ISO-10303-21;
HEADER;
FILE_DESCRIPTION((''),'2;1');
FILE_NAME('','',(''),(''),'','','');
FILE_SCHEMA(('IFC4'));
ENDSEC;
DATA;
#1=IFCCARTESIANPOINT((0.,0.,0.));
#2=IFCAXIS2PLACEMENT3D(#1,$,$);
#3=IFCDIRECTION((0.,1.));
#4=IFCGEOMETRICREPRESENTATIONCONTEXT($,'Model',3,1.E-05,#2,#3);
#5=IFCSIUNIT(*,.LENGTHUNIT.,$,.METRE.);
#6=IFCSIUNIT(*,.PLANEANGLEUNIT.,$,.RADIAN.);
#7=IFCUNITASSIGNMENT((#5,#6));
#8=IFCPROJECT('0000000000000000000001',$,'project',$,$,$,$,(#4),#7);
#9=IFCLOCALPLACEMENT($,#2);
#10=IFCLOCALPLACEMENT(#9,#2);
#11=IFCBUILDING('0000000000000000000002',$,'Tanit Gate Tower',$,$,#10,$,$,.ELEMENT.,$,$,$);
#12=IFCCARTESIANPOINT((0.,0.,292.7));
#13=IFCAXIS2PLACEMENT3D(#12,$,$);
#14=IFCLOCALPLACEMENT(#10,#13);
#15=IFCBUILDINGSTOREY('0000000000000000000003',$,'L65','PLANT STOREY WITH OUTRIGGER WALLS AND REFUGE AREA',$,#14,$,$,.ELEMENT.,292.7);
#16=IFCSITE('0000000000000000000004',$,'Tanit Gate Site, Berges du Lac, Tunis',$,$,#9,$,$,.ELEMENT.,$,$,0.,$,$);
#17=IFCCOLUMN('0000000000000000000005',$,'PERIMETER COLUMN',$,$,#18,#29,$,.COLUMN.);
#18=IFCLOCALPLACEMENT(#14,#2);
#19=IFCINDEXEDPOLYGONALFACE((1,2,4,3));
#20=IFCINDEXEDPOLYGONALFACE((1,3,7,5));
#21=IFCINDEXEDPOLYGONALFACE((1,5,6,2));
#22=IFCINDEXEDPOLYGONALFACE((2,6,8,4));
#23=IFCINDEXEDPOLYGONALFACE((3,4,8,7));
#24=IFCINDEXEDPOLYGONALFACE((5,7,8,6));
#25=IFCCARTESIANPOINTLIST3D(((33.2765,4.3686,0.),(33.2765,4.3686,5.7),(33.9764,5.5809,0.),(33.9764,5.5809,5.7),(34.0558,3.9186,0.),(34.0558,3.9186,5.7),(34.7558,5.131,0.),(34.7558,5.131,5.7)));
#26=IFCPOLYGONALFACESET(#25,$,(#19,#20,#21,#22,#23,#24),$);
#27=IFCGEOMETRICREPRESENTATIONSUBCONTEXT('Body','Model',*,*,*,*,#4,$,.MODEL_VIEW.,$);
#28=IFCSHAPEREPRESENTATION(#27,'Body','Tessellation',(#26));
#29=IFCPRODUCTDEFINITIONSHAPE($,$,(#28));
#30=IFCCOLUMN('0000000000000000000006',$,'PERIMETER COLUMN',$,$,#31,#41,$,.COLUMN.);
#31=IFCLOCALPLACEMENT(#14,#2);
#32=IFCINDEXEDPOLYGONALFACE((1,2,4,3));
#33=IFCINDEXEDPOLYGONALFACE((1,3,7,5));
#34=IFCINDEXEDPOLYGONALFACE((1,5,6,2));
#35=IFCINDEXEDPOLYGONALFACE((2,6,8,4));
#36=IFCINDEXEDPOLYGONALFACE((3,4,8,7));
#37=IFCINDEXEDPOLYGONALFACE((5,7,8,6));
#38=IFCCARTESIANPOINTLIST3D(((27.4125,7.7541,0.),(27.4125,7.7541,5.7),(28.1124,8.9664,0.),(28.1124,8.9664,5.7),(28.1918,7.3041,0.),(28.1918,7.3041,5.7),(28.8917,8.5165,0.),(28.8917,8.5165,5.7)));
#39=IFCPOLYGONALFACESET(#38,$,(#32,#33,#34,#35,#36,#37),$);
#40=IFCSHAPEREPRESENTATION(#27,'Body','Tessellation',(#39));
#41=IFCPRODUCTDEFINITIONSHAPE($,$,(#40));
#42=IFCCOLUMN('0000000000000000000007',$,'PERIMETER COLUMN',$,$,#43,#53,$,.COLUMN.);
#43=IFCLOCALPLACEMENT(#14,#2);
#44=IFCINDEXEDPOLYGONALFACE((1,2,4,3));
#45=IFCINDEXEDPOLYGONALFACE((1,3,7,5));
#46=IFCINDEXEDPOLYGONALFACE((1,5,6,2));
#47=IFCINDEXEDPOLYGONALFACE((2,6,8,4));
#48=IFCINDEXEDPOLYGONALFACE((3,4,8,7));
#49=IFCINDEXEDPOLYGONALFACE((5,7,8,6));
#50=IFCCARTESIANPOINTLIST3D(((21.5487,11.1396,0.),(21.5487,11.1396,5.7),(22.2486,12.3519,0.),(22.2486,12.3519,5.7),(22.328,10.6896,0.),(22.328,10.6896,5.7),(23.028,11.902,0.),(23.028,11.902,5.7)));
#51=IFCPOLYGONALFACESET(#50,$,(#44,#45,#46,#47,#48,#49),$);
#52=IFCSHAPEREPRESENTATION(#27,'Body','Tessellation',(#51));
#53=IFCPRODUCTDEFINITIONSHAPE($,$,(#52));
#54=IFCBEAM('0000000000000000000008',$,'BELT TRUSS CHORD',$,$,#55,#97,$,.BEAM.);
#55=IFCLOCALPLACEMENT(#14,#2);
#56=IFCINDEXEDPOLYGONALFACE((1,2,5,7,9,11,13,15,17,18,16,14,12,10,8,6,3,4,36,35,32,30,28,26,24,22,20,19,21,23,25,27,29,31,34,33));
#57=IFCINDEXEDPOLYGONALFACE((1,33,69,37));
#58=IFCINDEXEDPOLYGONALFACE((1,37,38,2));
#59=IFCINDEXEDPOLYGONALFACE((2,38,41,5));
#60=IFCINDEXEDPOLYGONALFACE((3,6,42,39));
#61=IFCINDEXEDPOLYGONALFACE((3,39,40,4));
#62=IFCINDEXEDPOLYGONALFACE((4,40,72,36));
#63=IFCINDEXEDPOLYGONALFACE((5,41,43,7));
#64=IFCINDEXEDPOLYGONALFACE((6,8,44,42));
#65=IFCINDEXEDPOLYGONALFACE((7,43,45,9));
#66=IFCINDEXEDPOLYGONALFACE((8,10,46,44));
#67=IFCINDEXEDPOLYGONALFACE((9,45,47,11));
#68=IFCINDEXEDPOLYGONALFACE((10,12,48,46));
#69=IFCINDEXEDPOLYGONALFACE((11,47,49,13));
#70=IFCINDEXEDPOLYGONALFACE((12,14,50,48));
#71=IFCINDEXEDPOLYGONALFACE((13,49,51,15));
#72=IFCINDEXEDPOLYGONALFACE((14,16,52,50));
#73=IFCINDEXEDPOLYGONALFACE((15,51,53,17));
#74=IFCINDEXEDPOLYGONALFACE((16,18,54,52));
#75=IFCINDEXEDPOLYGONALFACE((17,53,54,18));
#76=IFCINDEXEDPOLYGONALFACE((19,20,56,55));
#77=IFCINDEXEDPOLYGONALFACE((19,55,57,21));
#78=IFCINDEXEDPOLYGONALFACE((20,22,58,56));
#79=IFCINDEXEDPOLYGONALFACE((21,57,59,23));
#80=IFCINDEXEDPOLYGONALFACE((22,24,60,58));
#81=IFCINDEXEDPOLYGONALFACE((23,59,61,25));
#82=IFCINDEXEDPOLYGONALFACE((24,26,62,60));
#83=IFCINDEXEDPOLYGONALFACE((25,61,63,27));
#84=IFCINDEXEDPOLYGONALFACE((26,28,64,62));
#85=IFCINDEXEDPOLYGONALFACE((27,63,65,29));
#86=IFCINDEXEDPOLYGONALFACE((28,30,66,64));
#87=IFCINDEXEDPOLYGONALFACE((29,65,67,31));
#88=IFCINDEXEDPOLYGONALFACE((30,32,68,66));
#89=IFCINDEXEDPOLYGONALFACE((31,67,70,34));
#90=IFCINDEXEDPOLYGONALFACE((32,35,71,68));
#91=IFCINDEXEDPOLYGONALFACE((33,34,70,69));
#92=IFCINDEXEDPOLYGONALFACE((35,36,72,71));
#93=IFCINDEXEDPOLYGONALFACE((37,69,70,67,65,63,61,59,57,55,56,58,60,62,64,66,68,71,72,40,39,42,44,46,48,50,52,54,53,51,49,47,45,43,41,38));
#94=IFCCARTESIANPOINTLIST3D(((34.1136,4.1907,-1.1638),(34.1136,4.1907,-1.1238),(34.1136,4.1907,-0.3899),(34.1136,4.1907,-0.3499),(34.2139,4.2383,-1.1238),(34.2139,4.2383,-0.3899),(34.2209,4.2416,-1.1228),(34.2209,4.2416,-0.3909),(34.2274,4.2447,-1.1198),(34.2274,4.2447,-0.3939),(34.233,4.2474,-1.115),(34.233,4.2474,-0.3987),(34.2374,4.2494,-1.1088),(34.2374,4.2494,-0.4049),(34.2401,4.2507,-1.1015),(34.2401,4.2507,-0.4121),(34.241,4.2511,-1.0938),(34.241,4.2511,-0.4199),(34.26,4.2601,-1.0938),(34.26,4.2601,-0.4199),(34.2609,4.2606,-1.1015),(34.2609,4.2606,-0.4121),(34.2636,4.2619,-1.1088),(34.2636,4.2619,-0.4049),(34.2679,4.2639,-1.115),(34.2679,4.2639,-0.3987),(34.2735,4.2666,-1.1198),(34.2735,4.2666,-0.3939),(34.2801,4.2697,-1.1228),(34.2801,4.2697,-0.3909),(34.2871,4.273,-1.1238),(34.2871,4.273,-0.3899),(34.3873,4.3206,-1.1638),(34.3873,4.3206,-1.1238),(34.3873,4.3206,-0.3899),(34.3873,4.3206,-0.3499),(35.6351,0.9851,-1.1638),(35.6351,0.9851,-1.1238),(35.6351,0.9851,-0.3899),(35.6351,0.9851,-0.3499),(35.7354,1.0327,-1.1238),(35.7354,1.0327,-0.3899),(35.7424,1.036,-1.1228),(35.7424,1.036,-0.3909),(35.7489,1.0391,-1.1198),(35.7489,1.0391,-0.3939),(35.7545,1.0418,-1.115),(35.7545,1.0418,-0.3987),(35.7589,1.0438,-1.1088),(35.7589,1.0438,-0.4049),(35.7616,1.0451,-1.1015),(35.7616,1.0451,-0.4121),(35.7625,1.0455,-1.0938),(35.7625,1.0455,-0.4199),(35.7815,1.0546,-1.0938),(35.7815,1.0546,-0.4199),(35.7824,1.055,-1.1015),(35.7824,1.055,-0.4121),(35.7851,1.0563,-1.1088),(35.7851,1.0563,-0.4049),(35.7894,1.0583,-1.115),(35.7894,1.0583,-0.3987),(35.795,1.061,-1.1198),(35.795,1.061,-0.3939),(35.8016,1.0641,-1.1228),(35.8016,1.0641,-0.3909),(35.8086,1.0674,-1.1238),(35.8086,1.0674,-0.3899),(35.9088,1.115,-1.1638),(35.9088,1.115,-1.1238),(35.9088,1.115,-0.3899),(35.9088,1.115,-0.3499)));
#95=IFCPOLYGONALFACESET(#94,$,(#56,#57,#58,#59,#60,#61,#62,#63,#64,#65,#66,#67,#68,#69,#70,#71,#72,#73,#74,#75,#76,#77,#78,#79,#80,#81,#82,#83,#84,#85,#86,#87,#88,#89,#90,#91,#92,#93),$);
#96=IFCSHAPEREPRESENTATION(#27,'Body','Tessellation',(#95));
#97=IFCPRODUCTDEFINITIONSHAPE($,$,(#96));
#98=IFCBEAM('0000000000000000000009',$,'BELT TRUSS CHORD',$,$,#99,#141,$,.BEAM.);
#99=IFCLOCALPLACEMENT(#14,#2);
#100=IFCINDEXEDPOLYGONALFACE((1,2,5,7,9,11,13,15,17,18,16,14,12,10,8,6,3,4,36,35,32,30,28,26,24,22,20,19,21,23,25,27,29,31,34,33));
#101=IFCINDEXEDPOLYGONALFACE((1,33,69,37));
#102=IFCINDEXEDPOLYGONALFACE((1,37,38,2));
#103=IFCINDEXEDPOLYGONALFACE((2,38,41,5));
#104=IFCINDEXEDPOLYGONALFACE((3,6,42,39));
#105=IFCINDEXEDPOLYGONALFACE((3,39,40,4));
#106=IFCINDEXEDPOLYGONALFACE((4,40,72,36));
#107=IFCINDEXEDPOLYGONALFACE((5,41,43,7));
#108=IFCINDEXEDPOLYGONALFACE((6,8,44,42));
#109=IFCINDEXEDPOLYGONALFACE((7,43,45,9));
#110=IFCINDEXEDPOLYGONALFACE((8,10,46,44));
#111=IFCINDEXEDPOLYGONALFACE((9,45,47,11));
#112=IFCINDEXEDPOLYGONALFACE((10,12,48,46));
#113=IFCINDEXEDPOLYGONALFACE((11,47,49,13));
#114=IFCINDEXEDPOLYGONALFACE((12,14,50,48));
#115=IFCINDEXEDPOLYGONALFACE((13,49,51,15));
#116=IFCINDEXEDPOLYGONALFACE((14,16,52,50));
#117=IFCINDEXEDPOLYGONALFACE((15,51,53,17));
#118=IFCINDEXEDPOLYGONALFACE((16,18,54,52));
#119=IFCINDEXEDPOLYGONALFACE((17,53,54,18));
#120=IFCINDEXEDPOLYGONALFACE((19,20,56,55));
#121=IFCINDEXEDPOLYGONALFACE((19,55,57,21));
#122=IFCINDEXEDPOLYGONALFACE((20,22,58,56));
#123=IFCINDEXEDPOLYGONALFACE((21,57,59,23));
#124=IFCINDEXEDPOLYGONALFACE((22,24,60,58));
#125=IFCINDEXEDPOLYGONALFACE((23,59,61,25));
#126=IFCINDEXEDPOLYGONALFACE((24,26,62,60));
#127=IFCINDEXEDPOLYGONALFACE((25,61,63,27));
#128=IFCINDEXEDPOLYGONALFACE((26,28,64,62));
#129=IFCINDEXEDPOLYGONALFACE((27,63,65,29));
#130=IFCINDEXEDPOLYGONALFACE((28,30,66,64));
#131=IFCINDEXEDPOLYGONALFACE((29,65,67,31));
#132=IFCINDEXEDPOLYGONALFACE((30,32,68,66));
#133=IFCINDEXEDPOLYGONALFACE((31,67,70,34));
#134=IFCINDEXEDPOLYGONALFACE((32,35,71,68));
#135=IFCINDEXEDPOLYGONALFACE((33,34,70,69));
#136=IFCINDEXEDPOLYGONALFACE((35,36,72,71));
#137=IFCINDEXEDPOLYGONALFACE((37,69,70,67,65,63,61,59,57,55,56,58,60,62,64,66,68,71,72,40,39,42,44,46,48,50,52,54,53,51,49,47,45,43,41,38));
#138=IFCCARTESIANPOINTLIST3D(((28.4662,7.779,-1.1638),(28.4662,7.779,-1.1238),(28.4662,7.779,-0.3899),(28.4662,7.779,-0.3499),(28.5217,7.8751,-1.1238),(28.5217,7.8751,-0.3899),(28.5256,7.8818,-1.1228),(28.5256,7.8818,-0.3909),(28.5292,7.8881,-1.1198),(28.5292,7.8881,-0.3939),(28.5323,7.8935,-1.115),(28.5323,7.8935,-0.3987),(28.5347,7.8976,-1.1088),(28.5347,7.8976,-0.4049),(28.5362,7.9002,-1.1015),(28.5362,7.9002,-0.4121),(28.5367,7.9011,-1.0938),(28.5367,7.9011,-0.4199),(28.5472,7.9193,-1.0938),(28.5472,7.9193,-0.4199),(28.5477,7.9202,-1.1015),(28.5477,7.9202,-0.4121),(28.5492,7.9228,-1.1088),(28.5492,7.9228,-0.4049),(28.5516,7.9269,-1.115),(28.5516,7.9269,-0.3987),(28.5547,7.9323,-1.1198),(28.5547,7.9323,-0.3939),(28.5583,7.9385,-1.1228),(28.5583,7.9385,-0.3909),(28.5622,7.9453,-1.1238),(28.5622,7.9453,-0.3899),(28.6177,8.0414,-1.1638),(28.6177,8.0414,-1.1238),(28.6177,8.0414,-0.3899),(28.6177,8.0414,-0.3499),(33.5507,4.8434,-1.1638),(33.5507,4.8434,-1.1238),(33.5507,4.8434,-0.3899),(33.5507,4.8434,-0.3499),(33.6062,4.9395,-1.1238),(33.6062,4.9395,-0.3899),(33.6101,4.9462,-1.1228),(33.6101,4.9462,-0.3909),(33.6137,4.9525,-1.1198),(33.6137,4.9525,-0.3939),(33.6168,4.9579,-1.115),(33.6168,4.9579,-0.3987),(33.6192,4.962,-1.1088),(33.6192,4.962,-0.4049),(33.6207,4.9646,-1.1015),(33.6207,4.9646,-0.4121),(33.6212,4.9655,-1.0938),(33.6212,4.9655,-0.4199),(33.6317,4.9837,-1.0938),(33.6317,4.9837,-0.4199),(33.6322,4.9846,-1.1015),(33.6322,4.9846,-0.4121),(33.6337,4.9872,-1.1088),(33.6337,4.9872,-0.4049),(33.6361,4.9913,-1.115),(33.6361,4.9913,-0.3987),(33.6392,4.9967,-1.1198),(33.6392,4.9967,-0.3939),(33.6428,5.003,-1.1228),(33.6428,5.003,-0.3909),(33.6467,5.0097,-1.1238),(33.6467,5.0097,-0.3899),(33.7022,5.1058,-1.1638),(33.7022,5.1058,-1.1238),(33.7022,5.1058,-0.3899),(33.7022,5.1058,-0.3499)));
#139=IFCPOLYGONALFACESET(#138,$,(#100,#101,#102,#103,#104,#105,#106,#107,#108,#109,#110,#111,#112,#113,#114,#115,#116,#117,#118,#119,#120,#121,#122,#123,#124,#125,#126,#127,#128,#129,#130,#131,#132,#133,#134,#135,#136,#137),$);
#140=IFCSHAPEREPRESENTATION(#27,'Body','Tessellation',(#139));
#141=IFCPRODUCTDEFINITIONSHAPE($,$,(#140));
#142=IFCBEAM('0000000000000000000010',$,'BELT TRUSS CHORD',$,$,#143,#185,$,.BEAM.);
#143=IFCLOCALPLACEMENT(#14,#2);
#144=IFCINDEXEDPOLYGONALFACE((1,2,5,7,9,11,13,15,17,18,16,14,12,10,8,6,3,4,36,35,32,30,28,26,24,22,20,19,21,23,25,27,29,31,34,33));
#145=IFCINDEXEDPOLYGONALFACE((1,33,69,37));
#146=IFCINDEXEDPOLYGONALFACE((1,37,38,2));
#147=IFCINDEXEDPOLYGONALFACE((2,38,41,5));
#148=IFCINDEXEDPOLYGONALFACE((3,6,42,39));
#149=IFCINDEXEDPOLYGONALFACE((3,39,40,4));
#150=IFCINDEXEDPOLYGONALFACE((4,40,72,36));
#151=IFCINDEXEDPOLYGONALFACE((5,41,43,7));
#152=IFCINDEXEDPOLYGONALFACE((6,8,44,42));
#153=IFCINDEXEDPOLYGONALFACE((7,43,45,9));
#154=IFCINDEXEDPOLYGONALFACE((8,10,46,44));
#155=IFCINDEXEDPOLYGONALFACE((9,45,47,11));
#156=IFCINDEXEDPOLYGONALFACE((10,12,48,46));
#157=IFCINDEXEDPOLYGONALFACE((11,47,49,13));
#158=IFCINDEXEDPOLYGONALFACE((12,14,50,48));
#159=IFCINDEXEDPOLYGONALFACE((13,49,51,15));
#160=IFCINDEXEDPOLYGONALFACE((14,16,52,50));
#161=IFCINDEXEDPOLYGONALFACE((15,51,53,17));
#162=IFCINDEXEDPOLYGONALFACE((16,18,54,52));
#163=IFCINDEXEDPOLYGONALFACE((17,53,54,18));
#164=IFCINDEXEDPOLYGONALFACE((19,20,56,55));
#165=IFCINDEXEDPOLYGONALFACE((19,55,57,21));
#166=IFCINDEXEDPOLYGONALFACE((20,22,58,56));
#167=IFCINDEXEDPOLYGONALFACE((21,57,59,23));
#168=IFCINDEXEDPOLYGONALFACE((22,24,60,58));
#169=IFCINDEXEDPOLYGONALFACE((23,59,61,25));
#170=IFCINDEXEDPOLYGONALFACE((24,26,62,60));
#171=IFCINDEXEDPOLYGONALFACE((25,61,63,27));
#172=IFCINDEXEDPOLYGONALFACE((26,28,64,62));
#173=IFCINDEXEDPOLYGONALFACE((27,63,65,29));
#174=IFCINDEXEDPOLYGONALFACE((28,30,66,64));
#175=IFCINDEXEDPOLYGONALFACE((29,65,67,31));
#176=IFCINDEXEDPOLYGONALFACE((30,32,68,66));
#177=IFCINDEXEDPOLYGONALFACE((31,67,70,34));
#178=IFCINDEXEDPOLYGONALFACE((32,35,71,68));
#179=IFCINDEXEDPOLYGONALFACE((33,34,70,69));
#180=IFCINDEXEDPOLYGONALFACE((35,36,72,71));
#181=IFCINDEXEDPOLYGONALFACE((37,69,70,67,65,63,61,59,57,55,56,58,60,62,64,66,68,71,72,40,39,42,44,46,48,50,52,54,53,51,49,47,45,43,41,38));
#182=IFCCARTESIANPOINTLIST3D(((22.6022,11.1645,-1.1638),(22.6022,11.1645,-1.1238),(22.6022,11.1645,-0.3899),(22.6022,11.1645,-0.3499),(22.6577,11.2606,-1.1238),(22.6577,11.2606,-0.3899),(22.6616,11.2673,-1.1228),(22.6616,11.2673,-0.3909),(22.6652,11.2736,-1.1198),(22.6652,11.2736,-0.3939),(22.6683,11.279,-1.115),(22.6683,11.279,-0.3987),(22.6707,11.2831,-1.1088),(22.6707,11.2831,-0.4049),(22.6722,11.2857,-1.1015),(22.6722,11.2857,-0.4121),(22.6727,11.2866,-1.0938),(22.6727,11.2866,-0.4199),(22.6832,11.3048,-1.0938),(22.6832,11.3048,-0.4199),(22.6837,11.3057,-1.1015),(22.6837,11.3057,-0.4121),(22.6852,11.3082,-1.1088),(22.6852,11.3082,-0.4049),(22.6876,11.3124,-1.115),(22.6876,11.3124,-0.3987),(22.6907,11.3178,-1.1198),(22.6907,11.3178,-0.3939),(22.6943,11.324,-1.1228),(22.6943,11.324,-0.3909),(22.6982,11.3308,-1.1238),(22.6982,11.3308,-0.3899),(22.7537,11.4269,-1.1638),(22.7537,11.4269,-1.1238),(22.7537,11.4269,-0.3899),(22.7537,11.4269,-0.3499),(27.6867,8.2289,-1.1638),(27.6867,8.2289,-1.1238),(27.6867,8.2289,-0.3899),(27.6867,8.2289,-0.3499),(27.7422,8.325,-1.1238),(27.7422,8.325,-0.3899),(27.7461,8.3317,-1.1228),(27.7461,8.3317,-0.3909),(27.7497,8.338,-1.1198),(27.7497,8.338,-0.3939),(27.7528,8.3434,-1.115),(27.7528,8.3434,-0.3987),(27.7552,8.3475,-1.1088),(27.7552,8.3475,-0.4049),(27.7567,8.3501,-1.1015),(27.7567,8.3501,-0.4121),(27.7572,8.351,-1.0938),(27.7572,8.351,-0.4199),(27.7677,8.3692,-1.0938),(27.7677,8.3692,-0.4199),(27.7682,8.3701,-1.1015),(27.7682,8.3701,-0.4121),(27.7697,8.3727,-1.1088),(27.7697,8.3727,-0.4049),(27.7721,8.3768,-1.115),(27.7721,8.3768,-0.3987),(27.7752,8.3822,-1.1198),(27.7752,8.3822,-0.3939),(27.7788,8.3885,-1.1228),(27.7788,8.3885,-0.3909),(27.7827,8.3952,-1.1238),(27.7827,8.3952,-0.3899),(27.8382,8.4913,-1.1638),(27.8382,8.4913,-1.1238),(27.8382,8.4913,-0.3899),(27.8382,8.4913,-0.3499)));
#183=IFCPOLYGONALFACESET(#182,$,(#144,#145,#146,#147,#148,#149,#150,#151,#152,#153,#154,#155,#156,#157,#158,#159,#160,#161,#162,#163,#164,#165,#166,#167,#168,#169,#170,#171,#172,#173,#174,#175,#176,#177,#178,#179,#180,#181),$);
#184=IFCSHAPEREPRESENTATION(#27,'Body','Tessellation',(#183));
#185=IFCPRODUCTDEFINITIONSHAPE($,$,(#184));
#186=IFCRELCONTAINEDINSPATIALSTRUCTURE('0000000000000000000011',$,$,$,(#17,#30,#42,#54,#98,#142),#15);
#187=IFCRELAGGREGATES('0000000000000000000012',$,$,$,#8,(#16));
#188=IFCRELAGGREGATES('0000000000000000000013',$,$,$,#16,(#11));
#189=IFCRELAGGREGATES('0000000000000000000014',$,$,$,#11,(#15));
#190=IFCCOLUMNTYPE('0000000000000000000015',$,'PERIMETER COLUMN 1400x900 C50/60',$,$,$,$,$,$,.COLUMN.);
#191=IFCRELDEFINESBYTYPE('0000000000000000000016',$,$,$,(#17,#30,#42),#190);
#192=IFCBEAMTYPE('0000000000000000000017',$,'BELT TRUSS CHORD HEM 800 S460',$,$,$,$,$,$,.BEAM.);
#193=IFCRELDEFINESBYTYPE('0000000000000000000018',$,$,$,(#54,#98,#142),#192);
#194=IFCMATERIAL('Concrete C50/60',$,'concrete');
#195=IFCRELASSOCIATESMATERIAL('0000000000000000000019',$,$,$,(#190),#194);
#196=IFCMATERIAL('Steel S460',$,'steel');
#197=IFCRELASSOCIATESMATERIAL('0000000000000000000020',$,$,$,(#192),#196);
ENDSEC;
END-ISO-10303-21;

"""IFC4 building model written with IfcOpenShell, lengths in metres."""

from ifc_helpers import new_model, si_unit, direction, frame, origin, origin_2d, place, context, subcontext, project, spatial, rectangle, i_section, extrude, material, material_profile, profile_set, type_object, element, save


model = new_model("IFC4")

# Units and contexts
model_context = context("Model", 3, precision=1e-05, world=origin(), true_north=direction((0.0, 1.0)))
body_context = subcontext(model_context, "Body", "Model", "MODEL_VIEW")
ifc_project = project(units=[si_unit("LENGTHUNIT", "METRE"), si_unit("PLANEANGLEUNIT", "RADIAN")], contexts=[model_context])

# Site, building, storey
site_placement = place(None, origin())
site = spatial("IfcSite", under=ifc_project, at=site_placement, Name="Tanit Gate Site, Berges du Lac, Tunis", CompositionType="ELEMENT", RefElevation=0.0)
building_placement = place(site_placement, origin())
building = spatial("IfcBuilding", under=site, at=building_placement, Name="Tanit Gate Tower", CompositionType="ELEMENT")
storey_placement = place(building_placement, frame((0.0, 0.0, 292.7)))
storey = spatial("IfcBuildingStorey", under=building, at=storey_placement, Name="L65", Description="PLANT STOREY WITH OUTRIGGER WALLS AND REFUGE AREA", CompositionType="ELEMENT", Elevation=292.7)

# Columns
ifc_material_1 = material(Name="Concrete C50/60", Category="concrete")
ifc_material_profile_1 = material_profile(ifc_material_1, rectangle(XDim=1.3999, YDim=0.8999, at=origin_2d()), Name="RC 1400x900")
ifc_profile_set_1 = profile_set([ifc_material_profile_1], Name="Concrete C50/60")
column_type = type_object("IfcColumnType", Name="PERIMETER COLUMN 1400x900 C50/60", PredefinedType="COLUMN", material=ifc_profile_set_1)
for number, where, z_axis, x_axis, name in (
    (1, (34.0161, 4.7498, 0.0), (0.0, 0.0, 1.0), (0.5, 0.866025, 0.0), "PERIMETER COLUMN"),
    (2, (28.1521, 8.1353, 0.0), (0.0, 0.0, 1.0), (0.5, 0.866025, 0.0), "PERIMETER COLUMN"),
    (3, (22.2883, 11.5208, 0.0), (0.0, 0.0, 1.0), (0.5, 0.866025, 0.0), "PERIMETER COLUMN"),
):
    element("IfcColumn", number, at=place(storey_placement, frame(where, z_axis=z_axis, x_axis=x_axis)), inside=storey, type_object=column_type, Name=name, PredefinedType="COLUMN", context=body_context, shape_type="SweptSolid", body=[
        extrude(rectangle(XDim=1.3999, YDim=0.8999, at=origin_2d()), origin(), (0.0, 0.0, 1.0), 5.7),
    ])

# Beams
ifc_material_2 = material(Name="Steel S460", Category="steel")
ifc_material_profile_2 = material_profile(ifc_material_2, i_section(OverallWidth=0.303, OverallDepth=0.814, WebThickness=0.021, FlangeThickness=0.04, FilletRadius=0.03, at=origin_2d()), Name="HEM 800")
ifc_profile_set_2 = profile_set([ifc_material_profile_2], Name="Steel S460")
beam_type_1 = type_object("IfcBeamType", Name="BELT TRUSS CHORD HEM 800 S460", PredefinedType="BEAM", material=ifc_profile_set_2)
beam_1_placement = place(storey_placement, frame((35.772, 1.05, -0.7568), z_axis=(-0.42879, 0.903404, 0.0), x_axis=(-0.903404, -0.42879, 0.0)))
element("IfcBeam", 4, at=beam_1_placement, inside=storey, type_object=beam_type_1, Name="BELT TRUSS CHORD", PredefinedType="BEAM", context=body_context, shape_type="SweptSolid", body=[
    extrude(i_section(OverallWidth=0.303, OverallDepth=0.814, WebThickness=0.021, FlangeThickness=0.04, FilletRadius=0.03, at=origin_2d()), origin(), (0.0, 0.0, 1.0), 3.5483),
])
for number, where, z_axis, x_axis, name in (
    (5, (33.6265, 4.9746, -0.7568), (-0.866024, 0.500003, 0.0), (-0.500003, -0.866024, 0.0), "BELT TRUSS CHORD"),
    (6, (27.7625, 8.3601, -0.7568), (-0.866024, 0.500003, 0.0), (-0.500003, -0.866024, 0.0), "BELT TRUSS CHORD"),
):
    element("IfcBeam", number, at=place(storey_placement, frame(where, z_axis=z_axis, x_axis=x_axis)), inside=storey, type_object=beam_type_1, Name=name, PredefinedType="BEAM", context=body_context, shape_type="SweptSolid", body=[
        extrude(i_section(OverallWidth=0.303, OverallDepth=0.814, WebThickness=0.021, FlangeThickness=0.04, FilletRadius=0.03, at=origin_2d()), origin(), (0.0, 0.0, 1.0), 5.8711),
    ])

save(model, "model.ifc")
